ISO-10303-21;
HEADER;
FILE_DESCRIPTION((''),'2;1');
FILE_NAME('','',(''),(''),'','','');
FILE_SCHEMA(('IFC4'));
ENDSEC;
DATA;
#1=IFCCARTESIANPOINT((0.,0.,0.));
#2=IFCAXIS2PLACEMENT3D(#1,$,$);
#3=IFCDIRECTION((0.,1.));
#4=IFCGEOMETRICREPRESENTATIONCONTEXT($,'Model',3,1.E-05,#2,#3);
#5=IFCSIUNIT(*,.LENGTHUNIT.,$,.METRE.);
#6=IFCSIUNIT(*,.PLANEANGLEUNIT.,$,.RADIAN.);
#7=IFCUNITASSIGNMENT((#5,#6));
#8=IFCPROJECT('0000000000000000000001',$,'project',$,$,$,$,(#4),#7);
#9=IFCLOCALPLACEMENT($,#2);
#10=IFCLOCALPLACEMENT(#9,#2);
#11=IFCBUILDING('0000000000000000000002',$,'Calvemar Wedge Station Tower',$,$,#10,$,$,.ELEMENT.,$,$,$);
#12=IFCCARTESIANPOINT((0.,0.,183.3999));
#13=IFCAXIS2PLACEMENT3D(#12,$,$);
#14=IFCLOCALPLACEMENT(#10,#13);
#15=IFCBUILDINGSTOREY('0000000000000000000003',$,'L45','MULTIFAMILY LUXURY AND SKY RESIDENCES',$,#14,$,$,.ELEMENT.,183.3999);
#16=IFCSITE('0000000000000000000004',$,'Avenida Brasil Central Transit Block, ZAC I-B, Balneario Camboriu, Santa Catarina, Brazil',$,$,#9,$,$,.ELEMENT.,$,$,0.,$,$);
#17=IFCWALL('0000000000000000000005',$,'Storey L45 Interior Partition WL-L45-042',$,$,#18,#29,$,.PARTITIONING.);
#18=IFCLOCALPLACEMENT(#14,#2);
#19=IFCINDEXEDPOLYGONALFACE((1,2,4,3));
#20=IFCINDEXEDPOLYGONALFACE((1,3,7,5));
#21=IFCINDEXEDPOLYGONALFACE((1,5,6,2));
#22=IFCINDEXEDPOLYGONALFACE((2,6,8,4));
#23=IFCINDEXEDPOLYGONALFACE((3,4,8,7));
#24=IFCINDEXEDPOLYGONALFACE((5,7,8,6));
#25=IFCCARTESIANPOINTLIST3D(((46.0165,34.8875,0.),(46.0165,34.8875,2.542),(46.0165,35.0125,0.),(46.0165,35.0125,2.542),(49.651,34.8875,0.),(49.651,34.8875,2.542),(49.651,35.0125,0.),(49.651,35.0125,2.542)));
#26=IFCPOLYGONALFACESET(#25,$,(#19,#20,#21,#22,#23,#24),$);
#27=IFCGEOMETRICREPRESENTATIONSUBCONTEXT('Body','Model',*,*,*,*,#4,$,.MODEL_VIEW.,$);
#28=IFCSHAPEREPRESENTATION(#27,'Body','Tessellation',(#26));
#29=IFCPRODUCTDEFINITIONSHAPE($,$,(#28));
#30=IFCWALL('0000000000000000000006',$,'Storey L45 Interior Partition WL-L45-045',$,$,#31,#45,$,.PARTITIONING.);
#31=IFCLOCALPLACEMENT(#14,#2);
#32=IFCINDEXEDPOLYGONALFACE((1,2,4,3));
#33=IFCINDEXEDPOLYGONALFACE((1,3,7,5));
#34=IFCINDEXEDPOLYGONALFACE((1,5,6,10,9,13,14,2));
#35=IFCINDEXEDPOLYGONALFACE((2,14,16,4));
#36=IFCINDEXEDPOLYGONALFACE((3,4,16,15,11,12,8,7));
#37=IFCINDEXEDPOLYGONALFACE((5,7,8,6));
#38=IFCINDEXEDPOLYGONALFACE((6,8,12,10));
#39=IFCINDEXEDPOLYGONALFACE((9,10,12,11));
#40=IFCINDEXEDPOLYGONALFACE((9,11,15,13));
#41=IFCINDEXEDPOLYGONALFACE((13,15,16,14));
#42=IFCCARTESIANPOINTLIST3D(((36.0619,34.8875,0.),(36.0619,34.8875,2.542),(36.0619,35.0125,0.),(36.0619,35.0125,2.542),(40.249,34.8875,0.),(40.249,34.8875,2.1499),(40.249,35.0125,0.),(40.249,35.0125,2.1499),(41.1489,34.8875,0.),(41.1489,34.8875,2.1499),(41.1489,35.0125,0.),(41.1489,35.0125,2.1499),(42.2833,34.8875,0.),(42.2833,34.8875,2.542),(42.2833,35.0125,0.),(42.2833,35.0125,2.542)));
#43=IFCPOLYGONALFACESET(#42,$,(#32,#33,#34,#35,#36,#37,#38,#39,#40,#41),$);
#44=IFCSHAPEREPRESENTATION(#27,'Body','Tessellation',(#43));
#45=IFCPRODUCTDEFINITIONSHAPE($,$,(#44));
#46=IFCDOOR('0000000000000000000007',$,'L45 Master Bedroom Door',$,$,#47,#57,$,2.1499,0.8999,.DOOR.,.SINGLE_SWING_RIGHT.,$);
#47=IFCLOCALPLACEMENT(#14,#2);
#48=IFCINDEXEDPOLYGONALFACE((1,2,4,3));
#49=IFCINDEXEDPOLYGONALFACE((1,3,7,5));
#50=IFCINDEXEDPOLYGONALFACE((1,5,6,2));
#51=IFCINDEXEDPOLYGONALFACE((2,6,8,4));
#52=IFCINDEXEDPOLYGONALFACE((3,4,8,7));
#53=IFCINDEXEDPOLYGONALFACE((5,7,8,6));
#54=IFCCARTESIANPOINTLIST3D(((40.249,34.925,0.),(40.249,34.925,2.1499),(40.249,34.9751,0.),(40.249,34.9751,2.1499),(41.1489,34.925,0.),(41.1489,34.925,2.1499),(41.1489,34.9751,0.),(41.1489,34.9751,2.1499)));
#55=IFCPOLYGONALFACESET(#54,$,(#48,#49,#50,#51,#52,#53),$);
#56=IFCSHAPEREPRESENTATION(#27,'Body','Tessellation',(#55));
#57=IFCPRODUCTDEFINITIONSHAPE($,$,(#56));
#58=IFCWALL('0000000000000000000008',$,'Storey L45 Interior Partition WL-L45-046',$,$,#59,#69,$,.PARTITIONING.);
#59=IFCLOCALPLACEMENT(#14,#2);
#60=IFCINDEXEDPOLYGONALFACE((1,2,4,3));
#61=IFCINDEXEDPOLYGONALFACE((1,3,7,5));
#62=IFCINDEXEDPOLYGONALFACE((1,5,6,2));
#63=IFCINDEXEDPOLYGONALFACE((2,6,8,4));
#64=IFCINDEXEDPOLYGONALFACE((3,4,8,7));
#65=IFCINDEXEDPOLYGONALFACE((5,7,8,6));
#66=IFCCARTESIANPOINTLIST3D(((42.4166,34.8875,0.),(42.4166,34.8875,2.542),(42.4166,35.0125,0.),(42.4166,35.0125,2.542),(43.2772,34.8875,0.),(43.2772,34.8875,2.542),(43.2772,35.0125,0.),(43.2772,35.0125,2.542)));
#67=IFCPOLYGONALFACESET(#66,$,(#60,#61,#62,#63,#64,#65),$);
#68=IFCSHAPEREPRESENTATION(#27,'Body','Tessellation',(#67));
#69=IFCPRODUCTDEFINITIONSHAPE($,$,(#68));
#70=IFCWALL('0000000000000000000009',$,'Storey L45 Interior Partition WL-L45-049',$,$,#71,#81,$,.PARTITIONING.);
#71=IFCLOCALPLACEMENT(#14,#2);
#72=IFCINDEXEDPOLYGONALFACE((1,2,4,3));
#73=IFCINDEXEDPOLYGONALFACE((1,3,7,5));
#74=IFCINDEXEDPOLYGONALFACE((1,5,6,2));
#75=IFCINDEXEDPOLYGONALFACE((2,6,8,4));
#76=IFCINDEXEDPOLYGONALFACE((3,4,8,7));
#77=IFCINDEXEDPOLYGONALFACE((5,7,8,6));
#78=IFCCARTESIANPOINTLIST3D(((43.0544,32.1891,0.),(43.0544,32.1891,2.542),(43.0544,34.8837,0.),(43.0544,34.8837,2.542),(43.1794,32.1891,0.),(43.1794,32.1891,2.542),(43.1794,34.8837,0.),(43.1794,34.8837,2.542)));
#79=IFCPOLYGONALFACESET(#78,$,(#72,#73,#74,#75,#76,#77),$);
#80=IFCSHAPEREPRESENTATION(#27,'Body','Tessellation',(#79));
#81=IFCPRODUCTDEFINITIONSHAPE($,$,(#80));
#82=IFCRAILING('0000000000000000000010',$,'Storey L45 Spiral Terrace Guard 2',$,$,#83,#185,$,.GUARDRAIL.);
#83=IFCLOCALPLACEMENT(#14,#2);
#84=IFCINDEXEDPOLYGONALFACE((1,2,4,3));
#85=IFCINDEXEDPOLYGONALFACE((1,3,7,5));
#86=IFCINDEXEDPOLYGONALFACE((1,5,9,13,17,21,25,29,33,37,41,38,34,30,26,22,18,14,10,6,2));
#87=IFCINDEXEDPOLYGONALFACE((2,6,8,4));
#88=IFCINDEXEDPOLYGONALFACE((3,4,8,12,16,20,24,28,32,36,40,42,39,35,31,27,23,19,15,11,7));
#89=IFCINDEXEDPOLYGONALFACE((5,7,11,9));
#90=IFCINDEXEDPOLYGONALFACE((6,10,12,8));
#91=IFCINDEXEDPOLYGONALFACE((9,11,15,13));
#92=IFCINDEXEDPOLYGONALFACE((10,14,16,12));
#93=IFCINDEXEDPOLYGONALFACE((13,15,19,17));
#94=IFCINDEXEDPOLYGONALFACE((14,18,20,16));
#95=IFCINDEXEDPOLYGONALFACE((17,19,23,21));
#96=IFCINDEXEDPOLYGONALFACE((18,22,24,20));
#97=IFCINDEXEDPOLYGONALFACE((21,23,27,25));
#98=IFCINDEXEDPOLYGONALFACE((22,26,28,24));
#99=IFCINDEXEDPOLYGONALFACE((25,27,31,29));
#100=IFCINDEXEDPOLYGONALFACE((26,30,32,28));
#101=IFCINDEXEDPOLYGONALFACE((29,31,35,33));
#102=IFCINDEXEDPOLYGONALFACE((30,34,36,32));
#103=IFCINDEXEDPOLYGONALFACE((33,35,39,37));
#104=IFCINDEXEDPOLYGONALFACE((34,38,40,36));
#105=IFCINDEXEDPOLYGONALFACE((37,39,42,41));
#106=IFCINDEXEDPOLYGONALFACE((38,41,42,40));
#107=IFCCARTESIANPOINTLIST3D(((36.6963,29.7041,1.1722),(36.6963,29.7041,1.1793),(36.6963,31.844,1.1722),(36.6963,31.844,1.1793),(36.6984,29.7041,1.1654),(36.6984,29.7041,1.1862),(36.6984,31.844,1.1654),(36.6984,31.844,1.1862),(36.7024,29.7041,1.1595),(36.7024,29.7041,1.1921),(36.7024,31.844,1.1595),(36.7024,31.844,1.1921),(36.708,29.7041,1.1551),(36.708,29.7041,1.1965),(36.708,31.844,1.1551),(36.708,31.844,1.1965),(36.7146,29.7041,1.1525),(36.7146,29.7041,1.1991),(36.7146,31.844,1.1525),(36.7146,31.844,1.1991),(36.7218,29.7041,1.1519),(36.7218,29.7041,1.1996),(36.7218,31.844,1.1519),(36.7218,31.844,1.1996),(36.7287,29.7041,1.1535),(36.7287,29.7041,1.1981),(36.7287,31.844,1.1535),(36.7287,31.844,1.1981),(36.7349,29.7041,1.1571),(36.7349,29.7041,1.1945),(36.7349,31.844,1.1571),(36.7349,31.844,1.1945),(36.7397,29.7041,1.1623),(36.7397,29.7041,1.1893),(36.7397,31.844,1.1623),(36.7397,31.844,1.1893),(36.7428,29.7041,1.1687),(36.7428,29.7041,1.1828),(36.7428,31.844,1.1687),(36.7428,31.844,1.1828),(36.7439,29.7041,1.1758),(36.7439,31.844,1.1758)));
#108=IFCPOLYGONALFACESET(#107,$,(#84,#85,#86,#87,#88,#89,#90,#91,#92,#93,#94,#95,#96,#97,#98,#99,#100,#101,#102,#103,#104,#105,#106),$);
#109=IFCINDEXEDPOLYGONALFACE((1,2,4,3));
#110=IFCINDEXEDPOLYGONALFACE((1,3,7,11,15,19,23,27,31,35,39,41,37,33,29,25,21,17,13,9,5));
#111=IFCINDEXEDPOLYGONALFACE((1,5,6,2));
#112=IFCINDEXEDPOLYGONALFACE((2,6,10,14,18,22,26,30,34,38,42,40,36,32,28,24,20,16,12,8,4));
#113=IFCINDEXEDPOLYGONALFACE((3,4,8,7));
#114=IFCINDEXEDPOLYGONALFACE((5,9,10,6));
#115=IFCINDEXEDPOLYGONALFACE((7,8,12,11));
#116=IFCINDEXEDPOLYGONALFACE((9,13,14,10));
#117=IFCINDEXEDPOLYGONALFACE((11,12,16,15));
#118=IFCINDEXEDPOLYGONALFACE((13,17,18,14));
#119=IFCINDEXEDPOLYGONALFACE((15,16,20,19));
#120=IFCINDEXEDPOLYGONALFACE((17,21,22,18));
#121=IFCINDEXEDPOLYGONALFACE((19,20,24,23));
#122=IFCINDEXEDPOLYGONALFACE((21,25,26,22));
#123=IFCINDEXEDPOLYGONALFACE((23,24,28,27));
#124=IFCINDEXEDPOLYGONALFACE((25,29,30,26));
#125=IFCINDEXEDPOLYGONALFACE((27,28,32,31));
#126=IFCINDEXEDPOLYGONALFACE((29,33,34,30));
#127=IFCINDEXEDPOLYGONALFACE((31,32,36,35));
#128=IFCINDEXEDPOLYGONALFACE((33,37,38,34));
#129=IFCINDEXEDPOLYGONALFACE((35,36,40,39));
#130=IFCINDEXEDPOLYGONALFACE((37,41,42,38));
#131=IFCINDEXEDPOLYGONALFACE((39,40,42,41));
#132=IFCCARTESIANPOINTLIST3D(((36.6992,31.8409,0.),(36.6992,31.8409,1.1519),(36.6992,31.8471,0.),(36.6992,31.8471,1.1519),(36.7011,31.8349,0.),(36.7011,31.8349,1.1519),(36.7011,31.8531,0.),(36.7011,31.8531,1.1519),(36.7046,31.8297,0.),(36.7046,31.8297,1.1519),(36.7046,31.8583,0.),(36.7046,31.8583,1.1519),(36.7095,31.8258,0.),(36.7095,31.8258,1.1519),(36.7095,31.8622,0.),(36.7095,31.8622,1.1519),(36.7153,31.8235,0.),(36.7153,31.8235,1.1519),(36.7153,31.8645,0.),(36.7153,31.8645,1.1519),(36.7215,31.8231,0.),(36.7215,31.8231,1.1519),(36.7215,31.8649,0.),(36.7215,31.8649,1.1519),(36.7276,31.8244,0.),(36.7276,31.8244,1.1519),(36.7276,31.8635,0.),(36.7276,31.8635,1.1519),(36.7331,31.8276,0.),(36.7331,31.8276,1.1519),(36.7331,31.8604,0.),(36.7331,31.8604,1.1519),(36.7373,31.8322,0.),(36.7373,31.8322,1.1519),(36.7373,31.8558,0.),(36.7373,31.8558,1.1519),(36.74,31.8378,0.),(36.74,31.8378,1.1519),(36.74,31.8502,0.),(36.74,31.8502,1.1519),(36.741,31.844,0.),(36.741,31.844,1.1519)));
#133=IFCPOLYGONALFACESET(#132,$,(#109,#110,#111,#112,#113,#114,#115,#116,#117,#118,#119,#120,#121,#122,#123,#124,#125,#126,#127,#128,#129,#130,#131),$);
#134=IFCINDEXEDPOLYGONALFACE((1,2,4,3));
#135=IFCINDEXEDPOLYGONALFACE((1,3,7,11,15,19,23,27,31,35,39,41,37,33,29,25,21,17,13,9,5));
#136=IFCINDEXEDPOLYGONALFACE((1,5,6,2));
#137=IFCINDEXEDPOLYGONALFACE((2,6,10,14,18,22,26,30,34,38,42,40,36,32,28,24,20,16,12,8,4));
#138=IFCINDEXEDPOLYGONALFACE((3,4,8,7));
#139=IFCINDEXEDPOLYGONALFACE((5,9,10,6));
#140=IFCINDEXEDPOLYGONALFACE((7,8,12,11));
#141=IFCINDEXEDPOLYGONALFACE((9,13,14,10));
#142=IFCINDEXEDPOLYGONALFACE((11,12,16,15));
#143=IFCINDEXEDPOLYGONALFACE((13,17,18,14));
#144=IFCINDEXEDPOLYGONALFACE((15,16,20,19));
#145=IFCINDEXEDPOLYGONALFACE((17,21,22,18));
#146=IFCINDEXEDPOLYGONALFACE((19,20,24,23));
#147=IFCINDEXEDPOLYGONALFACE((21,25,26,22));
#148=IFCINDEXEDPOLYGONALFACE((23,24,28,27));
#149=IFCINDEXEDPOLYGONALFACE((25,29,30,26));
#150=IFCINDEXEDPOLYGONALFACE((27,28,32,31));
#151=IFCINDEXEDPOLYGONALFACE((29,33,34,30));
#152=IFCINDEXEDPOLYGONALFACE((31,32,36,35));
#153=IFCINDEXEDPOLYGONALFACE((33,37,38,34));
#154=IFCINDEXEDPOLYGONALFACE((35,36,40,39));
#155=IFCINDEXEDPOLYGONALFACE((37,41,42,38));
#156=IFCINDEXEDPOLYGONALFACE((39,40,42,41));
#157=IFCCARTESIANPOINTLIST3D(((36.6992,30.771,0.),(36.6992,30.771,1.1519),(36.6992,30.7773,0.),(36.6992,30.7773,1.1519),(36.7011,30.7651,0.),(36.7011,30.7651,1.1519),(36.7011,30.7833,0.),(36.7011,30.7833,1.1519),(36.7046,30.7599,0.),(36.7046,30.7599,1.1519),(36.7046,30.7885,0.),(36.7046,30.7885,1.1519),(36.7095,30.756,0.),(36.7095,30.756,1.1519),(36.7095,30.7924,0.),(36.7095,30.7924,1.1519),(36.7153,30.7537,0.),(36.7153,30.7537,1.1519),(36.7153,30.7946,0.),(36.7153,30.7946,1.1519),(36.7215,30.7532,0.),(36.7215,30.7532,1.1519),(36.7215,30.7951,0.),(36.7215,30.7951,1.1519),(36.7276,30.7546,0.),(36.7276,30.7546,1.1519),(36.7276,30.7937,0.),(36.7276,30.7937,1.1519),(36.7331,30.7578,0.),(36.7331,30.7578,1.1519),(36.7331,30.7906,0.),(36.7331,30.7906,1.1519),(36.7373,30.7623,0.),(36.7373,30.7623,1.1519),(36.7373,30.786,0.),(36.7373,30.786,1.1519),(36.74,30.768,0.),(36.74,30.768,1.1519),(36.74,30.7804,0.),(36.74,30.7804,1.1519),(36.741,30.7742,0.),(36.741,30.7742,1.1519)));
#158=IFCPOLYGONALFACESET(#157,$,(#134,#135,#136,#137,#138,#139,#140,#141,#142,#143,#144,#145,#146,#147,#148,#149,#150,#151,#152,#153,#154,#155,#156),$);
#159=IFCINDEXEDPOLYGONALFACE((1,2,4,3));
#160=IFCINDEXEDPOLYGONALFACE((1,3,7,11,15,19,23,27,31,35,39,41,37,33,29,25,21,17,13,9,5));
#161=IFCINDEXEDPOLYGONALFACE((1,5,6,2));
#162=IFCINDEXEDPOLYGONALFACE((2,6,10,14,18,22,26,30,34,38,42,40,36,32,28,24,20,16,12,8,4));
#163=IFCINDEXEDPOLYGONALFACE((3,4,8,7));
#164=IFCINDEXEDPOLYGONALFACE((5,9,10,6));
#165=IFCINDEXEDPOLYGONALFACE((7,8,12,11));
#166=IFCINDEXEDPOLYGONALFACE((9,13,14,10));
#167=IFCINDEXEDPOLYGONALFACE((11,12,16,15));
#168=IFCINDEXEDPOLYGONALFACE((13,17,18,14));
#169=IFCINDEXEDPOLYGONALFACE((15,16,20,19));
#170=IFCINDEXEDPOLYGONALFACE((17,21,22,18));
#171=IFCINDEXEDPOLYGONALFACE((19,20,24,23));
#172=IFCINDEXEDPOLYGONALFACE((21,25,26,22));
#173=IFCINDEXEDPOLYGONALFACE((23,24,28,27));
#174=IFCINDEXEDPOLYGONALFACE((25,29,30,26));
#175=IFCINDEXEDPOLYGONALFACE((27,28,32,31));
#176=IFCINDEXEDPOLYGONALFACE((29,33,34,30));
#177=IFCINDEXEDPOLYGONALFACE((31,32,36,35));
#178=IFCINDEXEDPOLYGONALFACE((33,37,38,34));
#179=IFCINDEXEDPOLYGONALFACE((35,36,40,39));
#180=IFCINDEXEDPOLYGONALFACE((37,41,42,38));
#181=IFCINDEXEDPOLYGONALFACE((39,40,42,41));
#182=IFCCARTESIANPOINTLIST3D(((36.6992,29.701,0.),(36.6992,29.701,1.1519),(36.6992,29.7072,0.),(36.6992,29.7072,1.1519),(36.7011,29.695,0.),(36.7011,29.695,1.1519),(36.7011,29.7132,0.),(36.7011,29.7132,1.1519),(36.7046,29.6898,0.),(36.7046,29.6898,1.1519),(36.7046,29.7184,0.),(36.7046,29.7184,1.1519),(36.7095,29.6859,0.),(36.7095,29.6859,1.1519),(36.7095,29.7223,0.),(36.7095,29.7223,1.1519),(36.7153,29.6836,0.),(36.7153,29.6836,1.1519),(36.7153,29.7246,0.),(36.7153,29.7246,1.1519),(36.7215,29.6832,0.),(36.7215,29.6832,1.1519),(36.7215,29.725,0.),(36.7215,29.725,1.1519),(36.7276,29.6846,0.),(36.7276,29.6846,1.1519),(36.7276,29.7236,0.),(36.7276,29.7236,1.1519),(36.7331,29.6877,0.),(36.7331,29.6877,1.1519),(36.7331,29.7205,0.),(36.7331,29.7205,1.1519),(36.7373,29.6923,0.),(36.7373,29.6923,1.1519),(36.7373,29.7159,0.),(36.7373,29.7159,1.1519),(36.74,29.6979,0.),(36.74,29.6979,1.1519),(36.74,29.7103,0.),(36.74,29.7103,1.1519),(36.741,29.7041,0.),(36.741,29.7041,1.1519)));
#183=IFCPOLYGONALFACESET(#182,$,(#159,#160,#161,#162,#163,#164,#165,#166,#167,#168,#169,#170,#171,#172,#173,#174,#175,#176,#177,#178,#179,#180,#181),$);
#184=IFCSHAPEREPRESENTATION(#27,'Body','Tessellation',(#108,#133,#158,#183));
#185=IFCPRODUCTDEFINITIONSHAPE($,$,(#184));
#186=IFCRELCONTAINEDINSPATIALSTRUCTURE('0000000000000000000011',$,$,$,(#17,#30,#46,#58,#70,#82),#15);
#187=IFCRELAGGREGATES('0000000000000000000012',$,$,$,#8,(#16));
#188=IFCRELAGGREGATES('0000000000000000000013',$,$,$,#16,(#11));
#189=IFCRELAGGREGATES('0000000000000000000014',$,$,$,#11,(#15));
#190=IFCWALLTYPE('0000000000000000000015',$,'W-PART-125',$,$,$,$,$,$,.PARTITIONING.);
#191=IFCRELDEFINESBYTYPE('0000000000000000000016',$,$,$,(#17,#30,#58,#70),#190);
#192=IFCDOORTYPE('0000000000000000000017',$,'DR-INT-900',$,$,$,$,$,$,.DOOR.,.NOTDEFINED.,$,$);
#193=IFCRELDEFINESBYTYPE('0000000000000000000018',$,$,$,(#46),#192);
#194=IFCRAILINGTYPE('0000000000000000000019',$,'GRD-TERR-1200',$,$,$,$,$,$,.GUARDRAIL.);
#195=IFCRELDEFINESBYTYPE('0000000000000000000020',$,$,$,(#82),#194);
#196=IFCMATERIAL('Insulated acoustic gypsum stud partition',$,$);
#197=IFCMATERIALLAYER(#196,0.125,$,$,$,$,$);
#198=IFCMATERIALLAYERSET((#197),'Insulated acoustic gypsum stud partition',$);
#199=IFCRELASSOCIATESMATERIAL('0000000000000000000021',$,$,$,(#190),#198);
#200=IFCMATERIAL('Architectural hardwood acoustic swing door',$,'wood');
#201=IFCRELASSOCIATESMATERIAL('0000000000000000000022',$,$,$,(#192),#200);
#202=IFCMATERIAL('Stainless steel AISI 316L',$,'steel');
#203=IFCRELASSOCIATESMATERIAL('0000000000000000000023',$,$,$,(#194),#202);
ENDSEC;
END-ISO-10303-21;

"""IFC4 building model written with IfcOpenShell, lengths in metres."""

from ifc_helpers import new_model, si_unit, direction, frame, frame_2d, origin, origin_2d, place, context, subcontext, project, spatial, rectangle, circle, extrude, source, transform, mapped, material, layer, layer_set, type_object, element, fill, save


model = new_model("IFC4")

# Units and contexts
model_context = context("Model", 3, precision=1e-05, world=origin(), true_north=direction((0.0, 1.0)))
body_context = subcontext(model_context, "Body", "Model", "MODEL_VIEW")
ifc_project = project(units=[si_unit("LENGTHUNIT", "METRE"), si_unit("PLANEANGLEUNIT", "RADIAN")], contexts=[model_context])

# Site, building, storey
site_placement = place(None, origin())
site = spatial("IfcSite", under=ifc_project, at=site_placement, Name="Avenida Brasil Central Transit Block, ZAC I-B, Balneario Camboriu, Santa Catarina, Brazil", CompositionType="ELEMENT", RefElevation=0.0)
building_placement = place(site_placement, origin())
building = spatial("IfcBuilding", under=site, at=building_placement, Name="Calvemar Wedge Station Tower", CompositionType="ELEMENT")
storey_placement = place(building_placement, frame((0.0, 0.0, 183.3999)))
storey = spatial("IfcBuildingStorey", under=building, at=storey_placement, Name="L45", Description="MULTIFAMILY LUXURY AND SKY RESIDENCES", CompositionType="ELEMENT", Elevation=183.3999)

# Shared definitions
ifc_material_1 = material(Name="Insulated acoustic gypsum stud partition")
ifc_layer_1 = layer(ifc_material_1, 0.125)
ifc_layer_set_1 = layer_set([ifc_layer_1], Name="Insulated acoustic gypsum stud partition")
wall_type_1 = type_object("IfcWallType", Name="W-PART-125", PredefinedType="PARTITIONING", material=ifc_layer_set_1)
shared_shape_1 = source(origin(), body_context, "Body", "SweptSolid", [
    extrude(rectangle(XDim=0.8999, YDim=2.1499, at=frame_2d((0.45, 1.075))), frame((0.0, 0.0725, 0.0), z_axis=(0.0, -1.0, 0.0), x_axis=(1.0, 0.0, 0.0)), (0.0, 0.0, 1.0), 0.145),
])
ifc_material_2 = material(Name="Architectural hardwood acoustic swing door", Category="wood")
door_type_1 = type_object("IfcDoorType", Name="DR-INT-900", OperationType="NOTDEFINED", PredefinedType="DOOR", material=ifc_material_2)
shared_shape_2 = source(origin(), body_context, "Body", "SweptSolid", [
    extrude(rectangle(XDim=0.8999, YDim=2.1499, at=frame_2d((0.45, 1.075))), frame((0.0, 0.0249, 0.0), z_axis=(0.0, -1.0, 0.0), x_axis=(1.0, 0.0, 0.0)), (0.0, 0.0, 1.0), 0.05),
])

# Wall
wall_1_placement = place(storey_placement, frame((49.6511, 34.95, 0.0), z_axis=(0.0, 0.0, 1.0), x_axis=(-1.0, 0.0, 0.0)))
element("IfcWall", 1, at=wall_1_placement, inside=storey, type_object=wall_type_1, Name="Storey L45 Interior Partition WL-L45-042", PredefinedType="PARTITIONING", context=body_context, shape_type="SweptSolid", body=[
    extrude(rectangle(XDim=3.6345, YDim=0.125, at=frame_2d((1.8174, 0.0))), origin(), (0.0, 0.0, 1.0), 2.542),
])

# Wall, opening, door
wall_2_placement = place(storey_placement, frame((42.2834, 34.95, 0.0), z_axis=(0.0, 0.0, 1.0), x_axis=(-1.0, 0.0, 0.0)))
wall_2 = element("IfcWall", 2, at=wall_2_placement, inside=storey, type_object=wall_type_1, Name="Storey L45 Interior Partition WL-L45-045", PredefinedType="PARTITIONING", context=body_context, shape_type="SweptSolid", body=[
    extrude(rectangle(XDim=6.2214, YDim=0.125, at=frame_2d((3.1108, 0.0))), origin(), (0.0, 0.0, 1.0), 2.542),
])
opening_1_placement = place(wall_2_placement, frame((1.1345, 0.0, 0.0)))
opening_1 = element("IfcOpeningElement", 3, at=opening_1_placement, cuts=wall_2, PredefinedType="OPENING", context=body_context, shape_type="MappedRepresentation", body=[
    mapped(shared_shape_1, transform((0.0, 0.0, 0.0), scale=1.0)),
])
door_1_placement = place(opening_1_placement, origin())
door_1 = element("IfcDoor", 4, at=door_1_placement, inside=storey, type_object=door_type_1, Name="L45 Master Bedroom Door", OperationType="SINGLE_SWING_RIGHT", OverallHeight=2.1499, OverallWidth=0.8999, PredefinedType="DOOR", context=body_context, shape_type="MappedRepresentation", body=[
    mapped(shared_shape_2, transform((0.0, 0.0, 0.0), scale=1.0)),
])
fill(opening_1, door_1)

# Wall
wall_3_placement = place(storey_placement, frame((43.2771, 34.95, 0.0), z_axis=(0.0, 0.0, 1.0), x_axis=(-1.0, 0.0, 0.0)))
element("IfcWall", 5, at=wall_3_placement, inside=storey, type_object=wall_type_1, Name="Storey L45 Interior Partition WL-L45-046", PredefinedType="PARTITIONING", context=body_context, shape_type="SweptSolid", body=[
    extrude(rectangle(XDim=0.8606, YDim=0.125, at=frame_2d((0.4302, 0.0))), origin(), (0.0, 0.0, 1.0), 2.542),
])

# Wall
wall_4_placement = place(storey_placement, frame((43.1169, 34.8835, 0.0), z_axis=(0.0, 0.0, 1.0), x_axis=(0.0, -1.0, 0.0)))
element("IfcWall", 6, at=wall_4_placement, inside=storey, type_object=wall_type_1, Name="Storey L45 Interior Partition WL-L45-049", PredefinedType="PARTITIONING", context=body_context, shape_type="SweptSolid", body=[
    extrude(rectangle(XDim=2.6946, YDim=0.125, at=frame_2d((1.3472, 0.0))), origin(), (0.0, 0.0, 1.0), 2.542),
])

# Railing
ifc_material_3 = material(Name="Stainless steel AISI 316L", Category="steel")
railing_type = type_object("IfcRailingType", Name="GRD-TERR-1200", PredefinedType="GUARDRAIL", material=ifc_material_3)
railing_1_placement = place(storey_placement, frame((36.72, 31.844, 0.0)))
element("IfcRailing", 7, at=railing_1_placement, inside=storey, type_object=railing_type, Name="Storey L45 Spiral Terrace Guard 2", PredefinedType="GUARDRAIL", context=body_context, shape_type="SweptSolid", body=[
    extrude(circle(Radius=0.0239, at=origin_2d()), frame((0.0, 0.0, 1.1758), z_axis=(0.0, -1.0, 0.0), x_axis=(1.0, 0.0, 0.0)), (0.0, 0.0, 1.0), 2.1399),
    extrude(circle(Radius=0.021, at=origin_2d()), origin(), (0.0, 0.0, 1.0), 1.1519),
    extrude(circle(Radius=0.021, at=origin_2d()), frame((0.0, -1.0698, 0.0)), (0.0, 0.0, 1.0), 1.1519),
    extrude(circle(Radius=0.021, at=origin_2d()), frame((0.0, -2.1399, 0.0)), (0.0, 0.0, 1.0), 1.1519),
])

save(model, "model.ifc")
